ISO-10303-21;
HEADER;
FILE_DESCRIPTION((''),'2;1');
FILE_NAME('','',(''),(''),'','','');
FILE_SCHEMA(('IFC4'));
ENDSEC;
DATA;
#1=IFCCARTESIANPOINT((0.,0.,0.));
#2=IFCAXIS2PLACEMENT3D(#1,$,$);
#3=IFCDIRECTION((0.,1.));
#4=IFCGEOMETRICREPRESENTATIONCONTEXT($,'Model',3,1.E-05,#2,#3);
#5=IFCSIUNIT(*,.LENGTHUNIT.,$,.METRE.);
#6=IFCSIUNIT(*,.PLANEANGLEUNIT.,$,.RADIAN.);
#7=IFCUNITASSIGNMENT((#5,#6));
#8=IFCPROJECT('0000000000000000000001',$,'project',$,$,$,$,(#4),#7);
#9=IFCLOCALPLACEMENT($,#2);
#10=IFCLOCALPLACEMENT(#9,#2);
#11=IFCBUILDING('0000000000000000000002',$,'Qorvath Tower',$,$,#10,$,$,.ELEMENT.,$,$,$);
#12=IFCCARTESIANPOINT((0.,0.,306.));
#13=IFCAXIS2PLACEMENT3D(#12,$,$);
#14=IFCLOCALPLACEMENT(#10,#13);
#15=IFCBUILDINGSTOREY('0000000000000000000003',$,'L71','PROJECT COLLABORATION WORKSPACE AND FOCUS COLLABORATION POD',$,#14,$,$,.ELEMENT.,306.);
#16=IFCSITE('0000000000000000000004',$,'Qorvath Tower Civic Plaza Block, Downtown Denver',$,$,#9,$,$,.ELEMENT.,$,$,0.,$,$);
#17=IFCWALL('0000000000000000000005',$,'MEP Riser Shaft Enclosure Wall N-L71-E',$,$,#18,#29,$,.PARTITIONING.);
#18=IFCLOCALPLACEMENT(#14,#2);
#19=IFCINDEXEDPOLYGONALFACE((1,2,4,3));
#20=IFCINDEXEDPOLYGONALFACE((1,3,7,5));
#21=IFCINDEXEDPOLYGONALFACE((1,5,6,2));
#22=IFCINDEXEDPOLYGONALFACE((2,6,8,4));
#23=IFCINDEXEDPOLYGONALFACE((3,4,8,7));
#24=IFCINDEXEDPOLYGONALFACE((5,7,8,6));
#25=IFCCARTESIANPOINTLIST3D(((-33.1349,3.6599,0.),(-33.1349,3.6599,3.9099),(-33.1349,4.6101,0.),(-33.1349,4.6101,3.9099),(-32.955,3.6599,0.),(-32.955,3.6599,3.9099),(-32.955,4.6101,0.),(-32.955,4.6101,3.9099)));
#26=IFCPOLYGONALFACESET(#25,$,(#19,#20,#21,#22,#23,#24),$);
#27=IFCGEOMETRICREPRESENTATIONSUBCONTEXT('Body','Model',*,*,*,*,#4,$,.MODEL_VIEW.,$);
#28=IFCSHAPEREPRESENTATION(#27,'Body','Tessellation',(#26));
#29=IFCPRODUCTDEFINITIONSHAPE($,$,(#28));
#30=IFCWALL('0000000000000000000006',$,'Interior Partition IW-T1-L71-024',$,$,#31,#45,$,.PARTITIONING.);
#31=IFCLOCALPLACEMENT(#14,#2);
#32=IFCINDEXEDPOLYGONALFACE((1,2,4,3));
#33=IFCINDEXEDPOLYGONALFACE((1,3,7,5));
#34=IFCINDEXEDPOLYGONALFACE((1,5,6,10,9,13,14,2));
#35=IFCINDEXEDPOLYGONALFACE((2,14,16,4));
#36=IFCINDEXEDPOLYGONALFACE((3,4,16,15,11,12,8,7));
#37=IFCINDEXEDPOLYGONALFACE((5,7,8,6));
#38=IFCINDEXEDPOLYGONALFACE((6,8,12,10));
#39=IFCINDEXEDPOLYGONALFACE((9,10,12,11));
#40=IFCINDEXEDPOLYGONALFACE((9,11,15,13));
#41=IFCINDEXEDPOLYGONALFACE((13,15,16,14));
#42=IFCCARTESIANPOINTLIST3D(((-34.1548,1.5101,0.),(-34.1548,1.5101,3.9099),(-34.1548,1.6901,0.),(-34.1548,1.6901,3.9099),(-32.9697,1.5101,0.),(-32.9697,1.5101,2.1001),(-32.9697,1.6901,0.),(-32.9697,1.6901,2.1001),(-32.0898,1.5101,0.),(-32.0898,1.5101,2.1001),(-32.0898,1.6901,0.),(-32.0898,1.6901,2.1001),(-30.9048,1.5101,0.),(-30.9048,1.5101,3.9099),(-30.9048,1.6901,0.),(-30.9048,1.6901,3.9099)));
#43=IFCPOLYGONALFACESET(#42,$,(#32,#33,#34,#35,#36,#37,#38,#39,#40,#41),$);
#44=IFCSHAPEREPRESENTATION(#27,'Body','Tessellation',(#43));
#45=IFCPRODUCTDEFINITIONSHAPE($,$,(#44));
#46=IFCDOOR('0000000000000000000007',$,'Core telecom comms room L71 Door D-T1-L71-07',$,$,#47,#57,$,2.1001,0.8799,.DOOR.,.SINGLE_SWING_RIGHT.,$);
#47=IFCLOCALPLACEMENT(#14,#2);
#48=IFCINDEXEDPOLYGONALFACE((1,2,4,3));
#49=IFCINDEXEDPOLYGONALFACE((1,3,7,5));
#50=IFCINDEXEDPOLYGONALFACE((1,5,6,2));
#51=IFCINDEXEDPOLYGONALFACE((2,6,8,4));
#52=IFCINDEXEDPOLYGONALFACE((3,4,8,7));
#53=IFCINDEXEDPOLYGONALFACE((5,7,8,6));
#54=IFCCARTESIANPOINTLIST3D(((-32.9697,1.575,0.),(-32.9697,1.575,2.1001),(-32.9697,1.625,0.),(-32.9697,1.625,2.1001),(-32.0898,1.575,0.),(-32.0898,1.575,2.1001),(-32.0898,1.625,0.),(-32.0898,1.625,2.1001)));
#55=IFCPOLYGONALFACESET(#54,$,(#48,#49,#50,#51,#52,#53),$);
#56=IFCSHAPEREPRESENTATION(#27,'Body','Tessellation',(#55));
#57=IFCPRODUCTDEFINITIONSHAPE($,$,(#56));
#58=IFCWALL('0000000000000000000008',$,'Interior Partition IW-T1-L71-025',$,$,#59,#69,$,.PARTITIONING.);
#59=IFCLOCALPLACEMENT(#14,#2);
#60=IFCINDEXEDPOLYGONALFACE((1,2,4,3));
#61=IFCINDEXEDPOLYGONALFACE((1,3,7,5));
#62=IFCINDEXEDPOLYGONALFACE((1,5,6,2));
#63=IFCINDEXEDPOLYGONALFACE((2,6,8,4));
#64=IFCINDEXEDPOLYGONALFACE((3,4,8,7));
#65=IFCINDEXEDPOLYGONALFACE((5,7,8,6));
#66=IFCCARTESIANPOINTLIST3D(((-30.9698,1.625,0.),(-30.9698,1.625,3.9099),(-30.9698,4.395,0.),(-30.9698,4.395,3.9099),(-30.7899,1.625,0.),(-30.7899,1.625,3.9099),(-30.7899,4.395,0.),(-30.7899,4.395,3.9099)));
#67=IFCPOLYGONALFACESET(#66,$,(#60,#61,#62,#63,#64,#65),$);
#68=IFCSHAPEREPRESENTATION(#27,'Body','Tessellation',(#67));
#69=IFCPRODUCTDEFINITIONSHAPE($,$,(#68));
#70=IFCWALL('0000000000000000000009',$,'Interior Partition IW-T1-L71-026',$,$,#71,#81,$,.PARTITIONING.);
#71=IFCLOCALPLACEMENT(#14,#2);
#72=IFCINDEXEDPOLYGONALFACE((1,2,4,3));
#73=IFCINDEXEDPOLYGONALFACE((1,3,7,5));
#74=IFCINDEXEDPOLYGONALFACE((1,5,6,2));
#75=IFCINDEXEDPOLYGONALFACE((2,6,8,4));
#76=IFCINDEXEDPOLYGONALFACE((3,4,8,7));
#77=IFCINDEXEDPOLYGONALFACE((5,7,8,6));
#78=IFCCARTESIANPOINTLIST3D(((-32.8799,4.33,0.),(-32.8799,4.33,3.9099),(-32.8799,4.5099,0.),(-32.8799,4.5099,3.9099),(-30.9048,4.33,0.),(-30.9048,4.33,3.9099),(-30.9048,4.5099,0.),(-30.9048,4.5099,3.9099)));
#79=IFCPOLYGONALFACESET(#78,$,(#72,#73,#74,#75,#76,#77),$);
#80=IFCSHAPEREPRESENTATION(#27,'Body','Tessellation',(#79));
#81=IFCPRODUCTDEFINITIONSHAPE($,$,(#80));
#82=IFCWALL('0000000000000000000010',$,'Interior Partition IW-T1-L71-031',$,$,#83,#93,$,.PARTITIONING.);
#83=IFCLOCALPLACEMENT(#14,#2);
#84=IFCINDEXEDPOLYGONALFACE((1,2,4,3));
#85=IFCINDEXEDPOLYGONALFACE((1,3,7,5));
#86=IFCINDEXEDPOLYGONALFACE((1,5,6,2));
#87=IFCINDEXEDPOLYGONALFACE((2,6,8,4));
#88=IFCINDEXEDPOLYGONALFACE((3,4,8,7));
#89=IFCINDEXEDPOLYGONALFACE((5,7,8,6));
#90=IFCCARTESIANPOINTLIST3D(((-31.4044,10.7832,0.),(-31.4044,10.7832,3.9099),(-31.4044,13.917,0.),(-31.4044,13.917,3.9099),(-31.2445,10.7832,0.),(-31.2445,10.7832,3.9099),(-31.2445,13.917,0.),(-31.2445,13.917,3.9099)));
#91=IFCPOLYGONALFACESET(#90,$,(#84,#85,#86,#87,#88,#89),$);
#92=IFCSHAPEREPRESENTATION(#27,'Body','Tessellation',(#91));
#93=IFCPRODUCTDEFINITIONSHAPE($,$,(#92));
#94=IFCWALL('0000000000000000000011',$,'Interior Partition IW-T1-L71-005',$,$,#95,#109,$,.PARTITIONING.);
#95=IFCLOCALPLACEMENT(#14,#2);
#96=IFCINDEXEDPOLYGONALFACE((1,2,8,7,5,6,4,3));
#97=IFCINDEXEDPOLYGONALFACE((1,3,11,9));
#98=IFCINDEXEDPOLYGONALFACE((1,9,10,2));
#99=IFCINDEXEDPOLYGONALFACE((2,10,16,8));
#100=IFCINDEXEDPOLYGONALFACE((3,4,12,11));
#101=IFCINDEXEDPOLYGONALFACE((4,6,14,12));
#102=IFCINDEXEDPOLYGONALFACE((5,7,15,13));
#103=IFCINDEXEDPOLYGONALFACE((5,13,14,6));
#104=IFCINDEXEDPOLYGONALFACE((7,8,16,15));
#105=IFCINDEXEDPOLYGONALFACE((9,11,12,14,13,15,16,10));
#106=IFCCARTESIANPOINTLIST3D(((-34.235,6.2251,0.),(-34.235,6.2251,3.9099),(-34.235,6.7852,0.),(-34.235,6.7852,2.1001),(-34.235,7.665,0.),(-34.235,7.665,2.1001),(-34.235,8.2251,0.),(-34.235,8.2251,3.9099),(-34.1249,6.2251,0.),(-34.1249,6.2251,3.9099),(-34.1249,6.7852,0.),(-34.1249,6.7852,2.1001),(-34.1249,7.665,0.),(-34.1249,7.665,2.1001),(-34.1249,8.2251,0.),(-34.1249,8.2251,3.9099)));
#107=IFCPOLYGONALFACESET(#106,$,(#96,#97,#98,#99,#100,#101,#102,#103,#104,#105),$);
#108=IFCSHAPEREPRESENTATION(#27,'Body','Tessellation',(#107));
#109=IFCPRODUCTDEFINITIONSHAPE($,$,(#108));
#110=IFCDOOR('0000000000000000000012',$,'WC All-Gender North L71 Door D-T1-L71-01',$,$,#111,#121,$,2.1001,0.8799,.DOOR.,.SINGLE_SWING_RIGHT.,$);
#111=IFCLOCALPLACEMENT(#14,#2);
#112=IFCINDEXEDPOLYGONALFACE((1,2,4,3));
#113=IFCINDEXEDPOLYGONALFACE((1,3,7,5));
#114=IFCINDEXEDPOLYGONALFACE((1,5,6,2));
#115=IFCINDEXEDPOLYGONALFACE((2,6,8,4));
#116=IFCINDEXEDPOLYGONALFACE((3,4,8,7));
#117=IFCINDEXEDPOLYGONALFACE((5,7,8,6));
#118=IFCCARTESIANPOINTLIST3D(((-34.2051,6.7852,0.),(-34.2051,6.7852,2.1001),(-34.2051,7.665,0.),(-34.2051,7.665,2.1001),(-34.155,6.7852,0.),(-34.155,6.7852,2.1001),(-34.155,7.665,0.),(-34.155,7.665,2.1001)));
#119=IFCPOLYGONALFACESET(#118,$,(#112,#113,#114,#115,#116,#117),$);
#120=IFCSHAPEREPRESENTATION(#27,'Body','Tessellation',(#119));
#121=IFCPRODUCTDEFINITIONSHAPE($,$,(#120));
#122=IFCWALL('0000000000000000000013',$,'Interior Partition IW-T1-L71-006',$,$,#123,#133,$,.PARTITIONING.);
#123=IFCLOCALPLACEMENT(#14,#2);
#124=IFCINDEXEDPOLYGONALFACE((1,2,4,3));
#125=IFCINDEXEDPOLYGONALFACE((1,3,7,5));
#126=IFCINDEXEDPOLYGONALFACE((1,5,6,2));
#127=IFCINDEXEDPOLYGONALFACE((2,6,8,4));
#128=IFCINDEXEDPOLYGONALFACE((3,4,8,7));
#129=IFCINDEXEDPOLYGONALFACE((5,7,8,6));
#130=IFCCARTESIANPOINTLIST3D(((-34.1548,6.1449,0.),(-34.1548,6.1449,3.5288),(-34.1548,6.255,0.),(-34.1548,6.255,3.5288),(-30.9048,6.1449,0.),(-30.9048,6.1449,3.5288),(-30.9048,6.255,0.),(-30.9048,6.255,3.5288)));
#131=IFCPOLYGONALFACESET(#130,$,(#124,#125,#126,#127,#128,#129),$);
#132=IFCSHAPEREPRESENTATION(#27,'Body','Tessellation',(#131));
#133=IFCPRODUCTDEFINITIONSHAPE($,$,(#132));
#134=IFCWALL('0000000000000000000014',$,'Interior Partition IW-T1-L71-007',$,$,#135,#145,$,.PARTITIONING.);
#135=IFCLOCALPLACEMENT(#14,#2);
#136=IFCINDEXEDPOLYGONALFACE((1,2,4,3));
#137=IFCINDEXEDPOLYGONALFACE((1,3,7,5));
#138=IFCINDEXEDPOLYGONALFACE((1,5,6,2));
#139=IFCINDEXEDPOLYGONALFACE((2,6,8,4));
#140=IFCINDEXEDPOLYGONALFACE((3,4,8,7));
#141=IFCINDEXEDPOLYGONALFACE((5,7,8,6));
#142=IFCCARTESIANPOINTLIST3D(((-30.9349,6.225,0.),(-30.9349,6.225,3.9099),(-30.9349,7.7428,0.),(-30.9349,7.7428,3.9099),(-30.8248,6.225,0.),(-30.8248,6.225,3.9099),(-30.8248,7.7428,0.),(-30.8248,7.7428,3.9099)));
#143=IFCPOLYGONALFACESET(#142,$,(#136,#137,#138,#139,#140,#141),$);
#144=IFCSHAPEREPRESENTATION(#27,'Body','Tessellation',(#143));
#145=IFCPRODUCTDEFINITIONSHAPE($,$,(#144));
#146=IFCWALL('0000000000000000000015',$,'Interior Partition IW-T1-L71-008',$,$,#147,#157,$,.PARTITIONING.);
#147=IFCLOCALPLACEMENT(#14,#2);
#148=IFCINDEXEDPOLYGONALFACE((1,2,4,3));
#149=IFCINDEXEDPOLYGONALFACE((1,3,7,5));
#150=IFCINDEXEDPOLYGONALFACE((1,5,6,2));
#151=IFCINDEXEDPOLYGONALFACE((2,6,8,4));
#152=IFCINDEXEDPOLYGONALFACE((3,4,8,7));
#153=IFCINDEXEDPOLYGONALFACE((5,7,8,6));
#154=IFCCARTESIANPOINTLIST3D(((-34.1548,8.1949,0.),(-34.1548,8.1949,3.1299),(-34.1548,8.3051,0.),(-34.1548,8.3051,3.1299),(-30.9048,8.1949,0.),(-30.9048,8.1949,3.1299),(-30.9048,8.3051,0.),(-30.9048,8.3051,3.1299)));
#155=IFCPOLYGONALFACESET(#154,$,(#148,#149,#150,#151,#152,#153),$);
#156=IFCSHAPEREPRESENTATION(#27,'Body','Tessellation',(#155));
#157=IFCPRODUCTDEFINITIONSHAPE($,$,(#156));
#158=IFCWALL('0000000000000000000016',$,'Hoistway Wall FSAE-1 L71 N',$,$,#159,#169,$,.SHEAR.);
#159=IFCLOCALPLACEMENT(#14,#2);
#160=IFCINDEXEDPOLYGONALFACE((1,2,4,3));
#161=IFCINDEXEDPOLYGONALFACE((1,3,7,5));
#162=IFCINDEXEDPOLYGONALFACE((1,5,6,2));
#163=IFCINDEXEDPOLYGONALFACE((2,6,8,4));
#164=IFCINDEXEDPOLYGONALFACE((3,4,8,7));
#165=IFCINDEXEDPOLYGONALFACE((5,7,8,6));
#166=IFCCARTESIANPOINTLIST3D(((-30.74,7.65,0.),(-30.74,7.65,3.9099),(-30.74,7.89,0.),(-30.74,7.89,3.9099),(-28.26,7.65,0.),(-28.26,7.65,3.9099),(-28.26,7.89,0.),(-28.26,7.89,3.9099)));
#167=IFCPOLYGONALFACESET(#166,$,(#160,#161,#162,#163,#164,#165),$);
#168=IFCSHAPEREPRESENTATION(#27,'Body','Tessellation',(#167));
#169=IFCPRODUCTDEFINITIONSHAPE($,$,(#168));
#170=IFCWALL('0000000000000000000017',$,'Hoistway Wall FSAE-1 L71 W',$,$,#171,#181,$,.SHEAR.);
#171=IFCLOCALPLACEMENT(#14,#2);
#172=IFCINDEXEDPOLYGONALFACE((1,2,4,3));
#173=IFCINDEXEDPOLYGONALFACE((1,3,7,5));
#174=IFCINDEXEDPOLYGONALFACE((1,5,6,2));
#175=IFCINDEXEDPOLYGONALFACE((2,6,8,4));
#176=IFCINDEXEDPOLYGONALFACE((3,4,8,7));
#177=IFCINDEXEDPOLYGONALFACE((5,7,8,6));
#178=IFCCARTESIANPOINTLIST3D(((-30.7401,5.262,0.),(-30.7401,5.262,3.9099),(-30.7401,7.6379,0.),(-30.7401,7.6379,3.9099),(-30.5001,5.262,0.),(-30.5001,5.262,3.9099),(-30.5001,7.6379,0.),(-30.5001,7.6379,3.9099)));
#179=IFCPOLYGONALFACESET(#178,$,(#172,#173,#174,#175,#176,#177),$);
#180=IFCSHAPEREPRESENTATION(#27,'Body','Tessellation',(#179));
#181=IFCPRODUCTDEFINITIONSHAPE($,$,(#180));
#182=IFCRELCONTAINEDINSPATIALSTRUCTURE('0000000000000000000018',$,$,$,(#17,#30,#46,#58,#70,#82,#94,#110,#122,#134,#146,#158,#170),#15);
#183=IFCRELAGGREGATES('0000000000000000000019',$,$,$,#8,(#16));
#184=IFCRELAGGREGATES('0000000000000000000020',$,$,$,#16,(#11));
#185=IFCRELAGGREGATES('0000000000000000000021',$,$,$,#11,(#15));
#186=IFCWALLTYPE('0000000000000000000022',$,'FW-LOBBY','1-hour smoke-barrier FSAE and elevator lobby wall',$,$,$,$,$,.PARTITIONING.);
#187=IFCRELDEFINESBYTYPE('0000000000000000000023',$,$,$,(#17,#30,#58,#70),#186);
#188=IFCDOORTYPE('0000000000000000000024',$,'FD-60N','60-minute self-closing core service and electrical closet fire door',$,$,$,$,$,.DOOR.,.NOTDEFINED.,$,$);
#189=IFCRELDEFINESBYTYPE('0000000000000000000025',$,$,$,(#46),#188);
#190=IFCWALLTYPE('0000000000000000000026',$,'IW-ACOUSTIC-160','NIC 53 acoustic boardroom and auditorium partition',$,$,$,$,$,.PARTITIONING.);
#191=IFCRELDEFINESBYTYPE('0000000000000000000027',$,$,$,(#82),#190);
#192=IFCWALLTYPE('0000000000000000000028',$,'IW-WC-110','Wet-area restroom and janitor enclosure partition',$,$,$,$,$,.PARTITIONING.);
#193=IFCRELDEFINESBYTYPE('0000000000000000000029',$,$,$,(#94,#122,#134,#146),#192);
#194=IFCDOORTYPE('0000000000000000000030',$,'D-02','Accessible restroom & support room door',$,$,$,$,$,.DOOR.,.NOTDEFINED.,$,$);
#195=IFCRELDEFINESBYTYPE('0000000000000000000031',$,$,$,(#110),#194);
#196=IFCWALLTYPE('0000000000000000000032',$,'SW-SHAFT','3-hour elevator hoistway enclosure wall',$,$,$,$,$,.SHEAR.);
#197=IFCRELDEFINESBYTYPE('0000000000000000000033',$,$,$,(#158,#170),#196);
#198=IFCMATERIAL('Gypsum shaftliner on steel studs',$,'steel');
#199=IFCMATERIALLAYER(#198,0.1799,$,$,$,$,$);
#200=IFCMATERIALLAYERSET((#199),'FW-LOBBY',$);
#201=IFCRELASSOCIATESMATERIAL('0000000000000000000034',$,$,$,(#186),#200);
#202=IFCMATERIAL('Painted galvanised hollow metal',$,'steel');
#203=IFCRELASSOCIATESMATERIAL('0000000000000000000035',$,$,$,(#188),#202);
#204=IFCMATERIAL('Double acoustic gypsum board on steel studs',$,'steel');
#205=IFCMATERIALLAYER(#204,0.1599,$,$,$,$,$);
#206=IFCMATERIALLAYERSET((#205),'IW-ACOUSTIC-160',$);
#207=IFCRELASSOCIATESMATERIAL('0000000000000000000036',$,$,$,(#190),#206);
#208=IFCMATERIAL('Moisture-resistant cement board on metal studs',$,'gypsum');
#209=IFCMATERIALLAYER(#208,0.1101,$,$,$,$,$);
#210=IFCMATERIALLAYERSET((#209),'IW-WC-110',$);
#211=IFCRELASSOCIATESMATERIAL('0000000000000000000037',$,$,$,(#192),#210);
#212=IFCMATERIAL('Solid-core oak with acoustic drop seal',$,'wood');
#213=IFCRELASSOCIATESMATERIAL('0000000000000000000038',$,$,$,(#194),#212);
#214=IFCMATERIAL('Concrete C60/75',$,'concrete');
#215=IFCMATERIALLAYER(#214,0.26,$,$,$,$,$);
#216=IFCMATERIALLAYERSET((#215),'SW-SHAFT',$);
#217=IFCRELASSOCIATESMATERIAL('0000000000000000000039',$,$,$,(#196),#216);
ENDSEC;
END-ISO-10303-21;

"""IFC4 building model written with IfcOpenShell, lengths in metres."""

from ifc_helpers import new_model, si_unit, direction, frame, frame_2d, origin, place, context, subcontext, project, spatial, rectangle, extrude, material, layer, layer_set, type_object, element, fill, save


model = new_model("IFC4")

# Units and contexts
model_context = context("Model", 3, precision=1e-05, world=origin(), true_north=direction((0.0, 1.0)))
body_context = subcontext(model_context, "Body", "Model", "MODEL_VIEW")
ifc_project = project(units=[si_unit("LENGTHUNIT", "METRE"), si_unit("PLANEANGLEUNIT", "RADIAN")], contexts=[model_context])

# Site, building, storey
site_placement = place(None, origin())
site = spatial("IfcSite", under=ifc_project, at=site_placement, Name="Qorvath Tower Civic Plaza Block, Downtown Denver", CompositionType="ELEMENT", RefElevation=0.0)
building_placement = place(site_placement, origin())
building = spatial("IfcBuilding", under=site, at=building_placement, Name="Qorvath Tower", CompositionType="ELEMENT")
storey_placement = place(building_placement, frame((0.0, 0.0, 306.0)))
storey = spatial("IfcBuildingStorey", under=building, at=storey_placement, Name="L71", Description="PROJECT COLLABORATION WORKSPACE AND FOCUS COLLABORATION POD", CompositionType="ELEMENT", Elevation=306.0)

# Wall
ifc_material_1 = material(Name="Gypsum shaftliner on steel studs", Category="steel")
ifc_layer_1 = layer(ifc_material_1, 0.1799)
ifc_layer_set_1 = layer_set([ifc_layer_1], Name="FW-LOBBY")
wall_type_1 = type_object("IfcWallType", Name="FW-LOBBY", Description="1-hour smoke-barrier FSAE and elevator lobby wall", PredefinedType="PARTITIONING", material=ifc_layer_set_1)
for number, where, z_axis, x_axis, name in (
    (1, (-33.0449, 4.6101, 0.0), (0.0, 0.0, 1.0), (0.0, -1.0, 0.0), "MEP Riser Shaft Enclosure Wall N-L71-E"),
):
    element("IfcWall", number, at=place(storey_placement, frame(where, z_axis=z_axis, x_axis=x_axis)), inside=storey, type_object=wall_type_1, Name=name, PredefinedType="PARTITIONING", context=body_context, shape_type="SweptSolid", body=[
        extrude(rectangle(XDim=0.9502, YDim=0.1799, at=frame_2d((0.4751, 0.0))), origin(), (0.0, 0.0, 1.0), 3.9099),
    ])

# Wall, opening, door
wall_1_placement = place(storey_placement, frame((-34.1548, 1.6001, 0.0), z_axis=(0.0, 0.0, 1.0), x_axis=(1.0, 0.0, 0.0)))
wall_1 = element("IfcWall", 2, at=wall_1_placement, inside=storey, type_object=wall_type_1, Name="Interior Partition IW-T1-L71-024", PredefinedType="PARTITIONING", context=body_context, shape_type="SweptSolid", body=[
    extrude(rectangle(XDim=3.25, YDim=0.1799, at=frame_2d((1.625, 0.0))), origin(), (0.0, 0.0, 1.0), 3.9099),
])
opening_1_placement = place(wall_1_placement, frame((1.1851, 0.0, 0.0)))
opening_1 = element("IfcOpeningElement", 3, at=opening_1_placement, cuts=wall_1, PredefinedType="OPENING", context=body_context, shape_type="SweptSolid", body=[
    extrude(rectangle(XDim=0.8799, YDim=2.1001, at=frame_2d((0.4399, 1.05))), frame((0.0, 0.1001, 0.0), z_axis=(0.0, -1.0, 0.0), x_axis=(1.0, 0.0, 0.0)), (0.0, 0.0, 1.0), 0.2),
])
ifc_material_2 = material(Name="Painted galvanised hollow metal", Category="steel")
door_type_1 = type_object("IfcDoorType", Name="FD-60N", Description="60-minute self-closing core service and electrical closet fire door", OperationType="NOTDEFINED", PredefinedType="DOOR", material=ifc_material_2)
door_1_placement = place(opening_1_placement, origin())
door_1 = element("IfcDoor", 4, at=door_1_placement, inside=storey, type_object=door_type_1, Name="Core telecom comms room L71 Door D-T1-L71-07", OperationType="SINGLE_SWING_RIGHT", OverallHeight=2.1001, OverallWidth=0.8799, PredefinedType="DOOR", context=body_context, shape_type="SweptSolid", body=[
    extrude(rectangle(XDim=0.8799, YDim=2.1001, at=frame_2d((0.4399, 1.05))), frame((0.0, 0.0249, 0.0), z_axis=(0.0, -1.0, 0.0), x_axis=(1.0, 0.0, 0.0)), (0.0, 0.0, 1.0), 0.05),
])
fill(opening_1, door_1)

# Walls
wall_2_placement = place(storey_placement, frame((-30.8799, 1.625, 0.0), z_axis=(0.0, 0.0, 1.0), x_axis=(0.0, 1.0, 0.0)))
element("IfcWall", 5, at=wall_2_placement, inside=storey, type_object=wall_type_1, Name="Interior Partition IW-T1-L71-025", PredefinedType="PARTITIONING", context=body_context, shape_type="SweptSolid", body=[
    extrude(rectangle(XDim=2.77, YDim=0.1799, at=frame_2d((1.385, 0.0))), origin(), (0.0, 0.0, 1.0), 3.9099),
])
wall_3_placement = place(storey_placement, frame((-30.9048, 4.4199, 0.0), z_axis=(0.0, 0.0, 1.0), x_axis=(-1.0, 0.0, 0.0)))
element("IfcWall", 6, at=wall_3_placement, inside=storey, type_object=wall_type_1, Name="Interior Partition IW-T1-L71-026", PredefinedType="PARTITIONING", context=body_context, shape_type="SweptSolid", body=[
    extrude(rectangle(XDim=1.9751, YDim=0.1799, at=frame_2d((0.9875, 0.0))), origin(), (0.0, 0.0, 1.0), 3.9099),
])

# Shared definitions
ifc_material_3 = material(Name="Double acoustic gypsum board on steel studs", Category="steel")
ifc_layer_2 = layer(ifc_material_3, 0.1599)
ifc_layer_set_2 = layer_set([ifc_layer_2], Name="IW-ACOUSTIC-160")
wall_type_2 = type_object("IfcWallType", Name="IW-ACOUSTIC-160", Description="NIC 53 acoustic boardroom and auditorium partition", PredefinedType="PARTITIONING", material=ifc_layer_set_2)

# Wall
wall_4_placement = place(storey_placement, frame((-31.3245, 10.7832, 0.0), z_axis=(0.0, 0.0, 1.0), x_axis=(0.0, 1.0, 0.0)))
element("IfcWall", 7, at=wall_4_placement, inside=storey, type_object=wall_type_2, Name="Interior Partition IW-T1-L71-031", PredefinedType="PARTITIONING", context=body_context, shape_type="SweptSolid", body=[
    extrude(rectangle(XDim=3.1338, YDim=0.1599, at=frame_2d((1.5669, 0.0))), origin(), (0.0, 0.0, 1.0), 3.9099),
])

# Wall, opening, door
ifc_material_4 = material(Name="Moisture-resistant cement board on metal studs", Category="gypsum")
ifc_layer_3 = layer(ifc_material_4, 0.1101)
ifc_layer_set_3 = layer_set([ifc_layer_3], Name="IW-WC-110")
wall_type_3 = type_object("IfcWallType", Name="IW-WC-110", Description="Wet-area restroom and janitor enclosure partition", PredefinedType="PARTITIONING", material=ifc_layer_set_3)
wall_5_placement = place(storey_placement, frame((-34.1799, 8.2251, 0.0), z_axis=(0.0, 0.0, 1.0), x_axis=(0.0, -1.0, 0.0)))
wall_5 = element("IfcWall", 8, at=wall_5_placement, inside=storey, type_object=wall_type_3, Name="Interior Partition IW-T1-L71-005", PredefinedType="PARTITIONING", context=body_context, shape_type="SweptSolid", body=[
    extrude(rectangle(XDim=2.0, YDim=0.1101, at=frame_2d((1.0, 0.0))), origin(), (0.0, 0.0, 1.0), 3.9099),
])
opening_2_placement = place(wall_5_placement, frame((0.5601, 0.0, 0.0)))
opening_2 = element("IfcOpeningElement", 9, at=opening_2_placement, cuts=wall_5, PredefinedType="OPENING", context=body_context, shape_type="SweptSolid", body=[
    extrude(rectangle(XDim=0.8799, YDim=2.1001, at=frame_2d((0.4399, 1.05))), frame((0.0, 0.0649, 0.0), z_axis=(0.0, -1.0, 0.0), x_axis=(1.0, 0.0, 0.0)), (0.0, 0.0, 1.0), 0.1301),
])
ifc_material_5 = material(Name="Solid-core oak with acoustic drop seal", Category="wood")
door_type_2 = type_object("IfcDoorType", Name="D-02", Description="Accessible restroom & support room door", OperationType="NOTDEFINED", PredefinedType="DOOR", material=ifc_material_5)
door_2_placement = place(opening_2_placement, origin())
door_2 = element("IfcDoor", 10, at=door_2_placement, inside=storey, type_object=door_type_2, Name="WC All-Gender North L71 Door D-T1-L71-01", OperationType="SINGLE_SWING_RIGHT", OverallHeight=2.1001, OverallWidth=0.8799, PredefinedType="DOOR", context=body_context, shape_type="SweptSolid", body=[
    extrude(rectangle(XDim=0.8799, YDim=2.1001, at=frame_2d((0.4399, 1.05))), frame((0.0, 0.0249, 0.0), z_axis=(0.0, -1.0, 0.0), x_axis=(1.0, 0.0, 0.0)), (0.0, 0.0, 1.0), 0.05),
])
fill(opening_2, door_2)

# Walls
wall_6_placement = place(storey_placement, frame((-34.1548, 6.2, 0.0), z_axis=(0.0, 0.0, 1.0), x_axis=(1.0, 0.0, 0.0)))
element("IfcWall", 11, at=wall_6_placement, inside=storey, type_object=wall_type_3, Name="Interior Partition IW-T1-L71-006", PredefinedType="PARTITIONING", context=body_context, shape_type="SweptSolid", body=[
    extrude(rectangle(XDim=3.25, YDim=0.1101, at=frame_2d((1.625, 0.0))), origin(), (0.0, 0.0, 1.0), 3.5288),
])
wall_7_placement = place(storey_placement, frame((-30.8799, 6.2251, 0.0), z_axis=(0.0, 0.0, 1.0), x_axis=(0.0, 1.0, 0.0)))
element("IfcWall", 12, at=wall_7_placement, inside=storey, type_object=wall_type_3, Name="Interior Partition IW-T1-L71-007", PredefinedType="PARTITIONING", context=body_context, shape_type="SweptSolid", body=[
    extrude(rectangle(XDim=1.5178, YDim=0.1101, at=frame_2d((0.7588, 0.0))), origin(), (0.0, 0.0, 1.0), 3.9099),
])
wall_8_placement = place(storey_placement, frame((-30.9048, 8.25, 0.0), z_axis=(0.0, 0.0, 1.0), x_axis=(-1.0, 0.0, 0.0)))
element("IfcWall", 13, at=wall_8_placement, inside=storey, type_object=wall_type_3, Name="Interior Partition IW-T1-L71-008", PredefinedType="PARTITIONING", context=body_context, shape_type="SweptSolid", body=[
    extrude(rectangle(XDim=3.25, YDim=0.1101, at=frame_2d((1.625, 0.0))), origin(), (0.0, 0.0, 1.0), 3.1299),
])
ifc_material_6 = material(Name="Concrete C60/75", Category="concrete")
ifc_layer_4 = layer(ifc_material_6, 0.26)
ifc_layer_set_4 = layer_set([ifc_layer_4], Name="SW-SHAFT")
wall_type_4 = type_object("IfcWallType", Name="SW-SHAFT", Description="3-hour elevator hoistway enclosure wall", PredefinedType="SHEAR", material=ifc_layer_set_4)
wall_9_placement = place(storey_placement, frame((-30.74, 7.77, 0.0), z_axis=(0.0, 0.0, 1.0), x_axis=(1.0, 0.0, 0.0)))
element("IfcWall", 14, at=wall_9_placement, inside=storey, type_object=wall_type_4, Name="Hoistway Wall FSAE-1 L71 N", PredefinedType="SHEAR", context=body_context, shape_type="SweptSolid", body=[
    extrude(rectangle(XDim=2.48, YDim=0.24, at=frame_2d((1.24, 0.0))), origin(), (0.0, 0.0, 1.0), 3.9099),
])
wall_10_placement = place(storey_placement, frame((-30.6201, 5.262, 0.0), z_axis=(0.0, 0.0, 1.0), x_axis=(0.0, 1.0, 0.0)))
element("IfcWall", 15, at=wall_10_placement, inside=storey, type_object=wall_type_4, Name="Hoistway Wall FSAE-1 L71 W", PredefinedType="SHEAR", context=body_context, shape_type="SweptSolid", body=[
    extrude(rectangle(XDim=2.376, YDim=0.24, at=frame_2d((1.188, 0.0))), origin(), (0.0, 0.0, 1.0), 3.9099),
])

save(model, "model.ifc")
